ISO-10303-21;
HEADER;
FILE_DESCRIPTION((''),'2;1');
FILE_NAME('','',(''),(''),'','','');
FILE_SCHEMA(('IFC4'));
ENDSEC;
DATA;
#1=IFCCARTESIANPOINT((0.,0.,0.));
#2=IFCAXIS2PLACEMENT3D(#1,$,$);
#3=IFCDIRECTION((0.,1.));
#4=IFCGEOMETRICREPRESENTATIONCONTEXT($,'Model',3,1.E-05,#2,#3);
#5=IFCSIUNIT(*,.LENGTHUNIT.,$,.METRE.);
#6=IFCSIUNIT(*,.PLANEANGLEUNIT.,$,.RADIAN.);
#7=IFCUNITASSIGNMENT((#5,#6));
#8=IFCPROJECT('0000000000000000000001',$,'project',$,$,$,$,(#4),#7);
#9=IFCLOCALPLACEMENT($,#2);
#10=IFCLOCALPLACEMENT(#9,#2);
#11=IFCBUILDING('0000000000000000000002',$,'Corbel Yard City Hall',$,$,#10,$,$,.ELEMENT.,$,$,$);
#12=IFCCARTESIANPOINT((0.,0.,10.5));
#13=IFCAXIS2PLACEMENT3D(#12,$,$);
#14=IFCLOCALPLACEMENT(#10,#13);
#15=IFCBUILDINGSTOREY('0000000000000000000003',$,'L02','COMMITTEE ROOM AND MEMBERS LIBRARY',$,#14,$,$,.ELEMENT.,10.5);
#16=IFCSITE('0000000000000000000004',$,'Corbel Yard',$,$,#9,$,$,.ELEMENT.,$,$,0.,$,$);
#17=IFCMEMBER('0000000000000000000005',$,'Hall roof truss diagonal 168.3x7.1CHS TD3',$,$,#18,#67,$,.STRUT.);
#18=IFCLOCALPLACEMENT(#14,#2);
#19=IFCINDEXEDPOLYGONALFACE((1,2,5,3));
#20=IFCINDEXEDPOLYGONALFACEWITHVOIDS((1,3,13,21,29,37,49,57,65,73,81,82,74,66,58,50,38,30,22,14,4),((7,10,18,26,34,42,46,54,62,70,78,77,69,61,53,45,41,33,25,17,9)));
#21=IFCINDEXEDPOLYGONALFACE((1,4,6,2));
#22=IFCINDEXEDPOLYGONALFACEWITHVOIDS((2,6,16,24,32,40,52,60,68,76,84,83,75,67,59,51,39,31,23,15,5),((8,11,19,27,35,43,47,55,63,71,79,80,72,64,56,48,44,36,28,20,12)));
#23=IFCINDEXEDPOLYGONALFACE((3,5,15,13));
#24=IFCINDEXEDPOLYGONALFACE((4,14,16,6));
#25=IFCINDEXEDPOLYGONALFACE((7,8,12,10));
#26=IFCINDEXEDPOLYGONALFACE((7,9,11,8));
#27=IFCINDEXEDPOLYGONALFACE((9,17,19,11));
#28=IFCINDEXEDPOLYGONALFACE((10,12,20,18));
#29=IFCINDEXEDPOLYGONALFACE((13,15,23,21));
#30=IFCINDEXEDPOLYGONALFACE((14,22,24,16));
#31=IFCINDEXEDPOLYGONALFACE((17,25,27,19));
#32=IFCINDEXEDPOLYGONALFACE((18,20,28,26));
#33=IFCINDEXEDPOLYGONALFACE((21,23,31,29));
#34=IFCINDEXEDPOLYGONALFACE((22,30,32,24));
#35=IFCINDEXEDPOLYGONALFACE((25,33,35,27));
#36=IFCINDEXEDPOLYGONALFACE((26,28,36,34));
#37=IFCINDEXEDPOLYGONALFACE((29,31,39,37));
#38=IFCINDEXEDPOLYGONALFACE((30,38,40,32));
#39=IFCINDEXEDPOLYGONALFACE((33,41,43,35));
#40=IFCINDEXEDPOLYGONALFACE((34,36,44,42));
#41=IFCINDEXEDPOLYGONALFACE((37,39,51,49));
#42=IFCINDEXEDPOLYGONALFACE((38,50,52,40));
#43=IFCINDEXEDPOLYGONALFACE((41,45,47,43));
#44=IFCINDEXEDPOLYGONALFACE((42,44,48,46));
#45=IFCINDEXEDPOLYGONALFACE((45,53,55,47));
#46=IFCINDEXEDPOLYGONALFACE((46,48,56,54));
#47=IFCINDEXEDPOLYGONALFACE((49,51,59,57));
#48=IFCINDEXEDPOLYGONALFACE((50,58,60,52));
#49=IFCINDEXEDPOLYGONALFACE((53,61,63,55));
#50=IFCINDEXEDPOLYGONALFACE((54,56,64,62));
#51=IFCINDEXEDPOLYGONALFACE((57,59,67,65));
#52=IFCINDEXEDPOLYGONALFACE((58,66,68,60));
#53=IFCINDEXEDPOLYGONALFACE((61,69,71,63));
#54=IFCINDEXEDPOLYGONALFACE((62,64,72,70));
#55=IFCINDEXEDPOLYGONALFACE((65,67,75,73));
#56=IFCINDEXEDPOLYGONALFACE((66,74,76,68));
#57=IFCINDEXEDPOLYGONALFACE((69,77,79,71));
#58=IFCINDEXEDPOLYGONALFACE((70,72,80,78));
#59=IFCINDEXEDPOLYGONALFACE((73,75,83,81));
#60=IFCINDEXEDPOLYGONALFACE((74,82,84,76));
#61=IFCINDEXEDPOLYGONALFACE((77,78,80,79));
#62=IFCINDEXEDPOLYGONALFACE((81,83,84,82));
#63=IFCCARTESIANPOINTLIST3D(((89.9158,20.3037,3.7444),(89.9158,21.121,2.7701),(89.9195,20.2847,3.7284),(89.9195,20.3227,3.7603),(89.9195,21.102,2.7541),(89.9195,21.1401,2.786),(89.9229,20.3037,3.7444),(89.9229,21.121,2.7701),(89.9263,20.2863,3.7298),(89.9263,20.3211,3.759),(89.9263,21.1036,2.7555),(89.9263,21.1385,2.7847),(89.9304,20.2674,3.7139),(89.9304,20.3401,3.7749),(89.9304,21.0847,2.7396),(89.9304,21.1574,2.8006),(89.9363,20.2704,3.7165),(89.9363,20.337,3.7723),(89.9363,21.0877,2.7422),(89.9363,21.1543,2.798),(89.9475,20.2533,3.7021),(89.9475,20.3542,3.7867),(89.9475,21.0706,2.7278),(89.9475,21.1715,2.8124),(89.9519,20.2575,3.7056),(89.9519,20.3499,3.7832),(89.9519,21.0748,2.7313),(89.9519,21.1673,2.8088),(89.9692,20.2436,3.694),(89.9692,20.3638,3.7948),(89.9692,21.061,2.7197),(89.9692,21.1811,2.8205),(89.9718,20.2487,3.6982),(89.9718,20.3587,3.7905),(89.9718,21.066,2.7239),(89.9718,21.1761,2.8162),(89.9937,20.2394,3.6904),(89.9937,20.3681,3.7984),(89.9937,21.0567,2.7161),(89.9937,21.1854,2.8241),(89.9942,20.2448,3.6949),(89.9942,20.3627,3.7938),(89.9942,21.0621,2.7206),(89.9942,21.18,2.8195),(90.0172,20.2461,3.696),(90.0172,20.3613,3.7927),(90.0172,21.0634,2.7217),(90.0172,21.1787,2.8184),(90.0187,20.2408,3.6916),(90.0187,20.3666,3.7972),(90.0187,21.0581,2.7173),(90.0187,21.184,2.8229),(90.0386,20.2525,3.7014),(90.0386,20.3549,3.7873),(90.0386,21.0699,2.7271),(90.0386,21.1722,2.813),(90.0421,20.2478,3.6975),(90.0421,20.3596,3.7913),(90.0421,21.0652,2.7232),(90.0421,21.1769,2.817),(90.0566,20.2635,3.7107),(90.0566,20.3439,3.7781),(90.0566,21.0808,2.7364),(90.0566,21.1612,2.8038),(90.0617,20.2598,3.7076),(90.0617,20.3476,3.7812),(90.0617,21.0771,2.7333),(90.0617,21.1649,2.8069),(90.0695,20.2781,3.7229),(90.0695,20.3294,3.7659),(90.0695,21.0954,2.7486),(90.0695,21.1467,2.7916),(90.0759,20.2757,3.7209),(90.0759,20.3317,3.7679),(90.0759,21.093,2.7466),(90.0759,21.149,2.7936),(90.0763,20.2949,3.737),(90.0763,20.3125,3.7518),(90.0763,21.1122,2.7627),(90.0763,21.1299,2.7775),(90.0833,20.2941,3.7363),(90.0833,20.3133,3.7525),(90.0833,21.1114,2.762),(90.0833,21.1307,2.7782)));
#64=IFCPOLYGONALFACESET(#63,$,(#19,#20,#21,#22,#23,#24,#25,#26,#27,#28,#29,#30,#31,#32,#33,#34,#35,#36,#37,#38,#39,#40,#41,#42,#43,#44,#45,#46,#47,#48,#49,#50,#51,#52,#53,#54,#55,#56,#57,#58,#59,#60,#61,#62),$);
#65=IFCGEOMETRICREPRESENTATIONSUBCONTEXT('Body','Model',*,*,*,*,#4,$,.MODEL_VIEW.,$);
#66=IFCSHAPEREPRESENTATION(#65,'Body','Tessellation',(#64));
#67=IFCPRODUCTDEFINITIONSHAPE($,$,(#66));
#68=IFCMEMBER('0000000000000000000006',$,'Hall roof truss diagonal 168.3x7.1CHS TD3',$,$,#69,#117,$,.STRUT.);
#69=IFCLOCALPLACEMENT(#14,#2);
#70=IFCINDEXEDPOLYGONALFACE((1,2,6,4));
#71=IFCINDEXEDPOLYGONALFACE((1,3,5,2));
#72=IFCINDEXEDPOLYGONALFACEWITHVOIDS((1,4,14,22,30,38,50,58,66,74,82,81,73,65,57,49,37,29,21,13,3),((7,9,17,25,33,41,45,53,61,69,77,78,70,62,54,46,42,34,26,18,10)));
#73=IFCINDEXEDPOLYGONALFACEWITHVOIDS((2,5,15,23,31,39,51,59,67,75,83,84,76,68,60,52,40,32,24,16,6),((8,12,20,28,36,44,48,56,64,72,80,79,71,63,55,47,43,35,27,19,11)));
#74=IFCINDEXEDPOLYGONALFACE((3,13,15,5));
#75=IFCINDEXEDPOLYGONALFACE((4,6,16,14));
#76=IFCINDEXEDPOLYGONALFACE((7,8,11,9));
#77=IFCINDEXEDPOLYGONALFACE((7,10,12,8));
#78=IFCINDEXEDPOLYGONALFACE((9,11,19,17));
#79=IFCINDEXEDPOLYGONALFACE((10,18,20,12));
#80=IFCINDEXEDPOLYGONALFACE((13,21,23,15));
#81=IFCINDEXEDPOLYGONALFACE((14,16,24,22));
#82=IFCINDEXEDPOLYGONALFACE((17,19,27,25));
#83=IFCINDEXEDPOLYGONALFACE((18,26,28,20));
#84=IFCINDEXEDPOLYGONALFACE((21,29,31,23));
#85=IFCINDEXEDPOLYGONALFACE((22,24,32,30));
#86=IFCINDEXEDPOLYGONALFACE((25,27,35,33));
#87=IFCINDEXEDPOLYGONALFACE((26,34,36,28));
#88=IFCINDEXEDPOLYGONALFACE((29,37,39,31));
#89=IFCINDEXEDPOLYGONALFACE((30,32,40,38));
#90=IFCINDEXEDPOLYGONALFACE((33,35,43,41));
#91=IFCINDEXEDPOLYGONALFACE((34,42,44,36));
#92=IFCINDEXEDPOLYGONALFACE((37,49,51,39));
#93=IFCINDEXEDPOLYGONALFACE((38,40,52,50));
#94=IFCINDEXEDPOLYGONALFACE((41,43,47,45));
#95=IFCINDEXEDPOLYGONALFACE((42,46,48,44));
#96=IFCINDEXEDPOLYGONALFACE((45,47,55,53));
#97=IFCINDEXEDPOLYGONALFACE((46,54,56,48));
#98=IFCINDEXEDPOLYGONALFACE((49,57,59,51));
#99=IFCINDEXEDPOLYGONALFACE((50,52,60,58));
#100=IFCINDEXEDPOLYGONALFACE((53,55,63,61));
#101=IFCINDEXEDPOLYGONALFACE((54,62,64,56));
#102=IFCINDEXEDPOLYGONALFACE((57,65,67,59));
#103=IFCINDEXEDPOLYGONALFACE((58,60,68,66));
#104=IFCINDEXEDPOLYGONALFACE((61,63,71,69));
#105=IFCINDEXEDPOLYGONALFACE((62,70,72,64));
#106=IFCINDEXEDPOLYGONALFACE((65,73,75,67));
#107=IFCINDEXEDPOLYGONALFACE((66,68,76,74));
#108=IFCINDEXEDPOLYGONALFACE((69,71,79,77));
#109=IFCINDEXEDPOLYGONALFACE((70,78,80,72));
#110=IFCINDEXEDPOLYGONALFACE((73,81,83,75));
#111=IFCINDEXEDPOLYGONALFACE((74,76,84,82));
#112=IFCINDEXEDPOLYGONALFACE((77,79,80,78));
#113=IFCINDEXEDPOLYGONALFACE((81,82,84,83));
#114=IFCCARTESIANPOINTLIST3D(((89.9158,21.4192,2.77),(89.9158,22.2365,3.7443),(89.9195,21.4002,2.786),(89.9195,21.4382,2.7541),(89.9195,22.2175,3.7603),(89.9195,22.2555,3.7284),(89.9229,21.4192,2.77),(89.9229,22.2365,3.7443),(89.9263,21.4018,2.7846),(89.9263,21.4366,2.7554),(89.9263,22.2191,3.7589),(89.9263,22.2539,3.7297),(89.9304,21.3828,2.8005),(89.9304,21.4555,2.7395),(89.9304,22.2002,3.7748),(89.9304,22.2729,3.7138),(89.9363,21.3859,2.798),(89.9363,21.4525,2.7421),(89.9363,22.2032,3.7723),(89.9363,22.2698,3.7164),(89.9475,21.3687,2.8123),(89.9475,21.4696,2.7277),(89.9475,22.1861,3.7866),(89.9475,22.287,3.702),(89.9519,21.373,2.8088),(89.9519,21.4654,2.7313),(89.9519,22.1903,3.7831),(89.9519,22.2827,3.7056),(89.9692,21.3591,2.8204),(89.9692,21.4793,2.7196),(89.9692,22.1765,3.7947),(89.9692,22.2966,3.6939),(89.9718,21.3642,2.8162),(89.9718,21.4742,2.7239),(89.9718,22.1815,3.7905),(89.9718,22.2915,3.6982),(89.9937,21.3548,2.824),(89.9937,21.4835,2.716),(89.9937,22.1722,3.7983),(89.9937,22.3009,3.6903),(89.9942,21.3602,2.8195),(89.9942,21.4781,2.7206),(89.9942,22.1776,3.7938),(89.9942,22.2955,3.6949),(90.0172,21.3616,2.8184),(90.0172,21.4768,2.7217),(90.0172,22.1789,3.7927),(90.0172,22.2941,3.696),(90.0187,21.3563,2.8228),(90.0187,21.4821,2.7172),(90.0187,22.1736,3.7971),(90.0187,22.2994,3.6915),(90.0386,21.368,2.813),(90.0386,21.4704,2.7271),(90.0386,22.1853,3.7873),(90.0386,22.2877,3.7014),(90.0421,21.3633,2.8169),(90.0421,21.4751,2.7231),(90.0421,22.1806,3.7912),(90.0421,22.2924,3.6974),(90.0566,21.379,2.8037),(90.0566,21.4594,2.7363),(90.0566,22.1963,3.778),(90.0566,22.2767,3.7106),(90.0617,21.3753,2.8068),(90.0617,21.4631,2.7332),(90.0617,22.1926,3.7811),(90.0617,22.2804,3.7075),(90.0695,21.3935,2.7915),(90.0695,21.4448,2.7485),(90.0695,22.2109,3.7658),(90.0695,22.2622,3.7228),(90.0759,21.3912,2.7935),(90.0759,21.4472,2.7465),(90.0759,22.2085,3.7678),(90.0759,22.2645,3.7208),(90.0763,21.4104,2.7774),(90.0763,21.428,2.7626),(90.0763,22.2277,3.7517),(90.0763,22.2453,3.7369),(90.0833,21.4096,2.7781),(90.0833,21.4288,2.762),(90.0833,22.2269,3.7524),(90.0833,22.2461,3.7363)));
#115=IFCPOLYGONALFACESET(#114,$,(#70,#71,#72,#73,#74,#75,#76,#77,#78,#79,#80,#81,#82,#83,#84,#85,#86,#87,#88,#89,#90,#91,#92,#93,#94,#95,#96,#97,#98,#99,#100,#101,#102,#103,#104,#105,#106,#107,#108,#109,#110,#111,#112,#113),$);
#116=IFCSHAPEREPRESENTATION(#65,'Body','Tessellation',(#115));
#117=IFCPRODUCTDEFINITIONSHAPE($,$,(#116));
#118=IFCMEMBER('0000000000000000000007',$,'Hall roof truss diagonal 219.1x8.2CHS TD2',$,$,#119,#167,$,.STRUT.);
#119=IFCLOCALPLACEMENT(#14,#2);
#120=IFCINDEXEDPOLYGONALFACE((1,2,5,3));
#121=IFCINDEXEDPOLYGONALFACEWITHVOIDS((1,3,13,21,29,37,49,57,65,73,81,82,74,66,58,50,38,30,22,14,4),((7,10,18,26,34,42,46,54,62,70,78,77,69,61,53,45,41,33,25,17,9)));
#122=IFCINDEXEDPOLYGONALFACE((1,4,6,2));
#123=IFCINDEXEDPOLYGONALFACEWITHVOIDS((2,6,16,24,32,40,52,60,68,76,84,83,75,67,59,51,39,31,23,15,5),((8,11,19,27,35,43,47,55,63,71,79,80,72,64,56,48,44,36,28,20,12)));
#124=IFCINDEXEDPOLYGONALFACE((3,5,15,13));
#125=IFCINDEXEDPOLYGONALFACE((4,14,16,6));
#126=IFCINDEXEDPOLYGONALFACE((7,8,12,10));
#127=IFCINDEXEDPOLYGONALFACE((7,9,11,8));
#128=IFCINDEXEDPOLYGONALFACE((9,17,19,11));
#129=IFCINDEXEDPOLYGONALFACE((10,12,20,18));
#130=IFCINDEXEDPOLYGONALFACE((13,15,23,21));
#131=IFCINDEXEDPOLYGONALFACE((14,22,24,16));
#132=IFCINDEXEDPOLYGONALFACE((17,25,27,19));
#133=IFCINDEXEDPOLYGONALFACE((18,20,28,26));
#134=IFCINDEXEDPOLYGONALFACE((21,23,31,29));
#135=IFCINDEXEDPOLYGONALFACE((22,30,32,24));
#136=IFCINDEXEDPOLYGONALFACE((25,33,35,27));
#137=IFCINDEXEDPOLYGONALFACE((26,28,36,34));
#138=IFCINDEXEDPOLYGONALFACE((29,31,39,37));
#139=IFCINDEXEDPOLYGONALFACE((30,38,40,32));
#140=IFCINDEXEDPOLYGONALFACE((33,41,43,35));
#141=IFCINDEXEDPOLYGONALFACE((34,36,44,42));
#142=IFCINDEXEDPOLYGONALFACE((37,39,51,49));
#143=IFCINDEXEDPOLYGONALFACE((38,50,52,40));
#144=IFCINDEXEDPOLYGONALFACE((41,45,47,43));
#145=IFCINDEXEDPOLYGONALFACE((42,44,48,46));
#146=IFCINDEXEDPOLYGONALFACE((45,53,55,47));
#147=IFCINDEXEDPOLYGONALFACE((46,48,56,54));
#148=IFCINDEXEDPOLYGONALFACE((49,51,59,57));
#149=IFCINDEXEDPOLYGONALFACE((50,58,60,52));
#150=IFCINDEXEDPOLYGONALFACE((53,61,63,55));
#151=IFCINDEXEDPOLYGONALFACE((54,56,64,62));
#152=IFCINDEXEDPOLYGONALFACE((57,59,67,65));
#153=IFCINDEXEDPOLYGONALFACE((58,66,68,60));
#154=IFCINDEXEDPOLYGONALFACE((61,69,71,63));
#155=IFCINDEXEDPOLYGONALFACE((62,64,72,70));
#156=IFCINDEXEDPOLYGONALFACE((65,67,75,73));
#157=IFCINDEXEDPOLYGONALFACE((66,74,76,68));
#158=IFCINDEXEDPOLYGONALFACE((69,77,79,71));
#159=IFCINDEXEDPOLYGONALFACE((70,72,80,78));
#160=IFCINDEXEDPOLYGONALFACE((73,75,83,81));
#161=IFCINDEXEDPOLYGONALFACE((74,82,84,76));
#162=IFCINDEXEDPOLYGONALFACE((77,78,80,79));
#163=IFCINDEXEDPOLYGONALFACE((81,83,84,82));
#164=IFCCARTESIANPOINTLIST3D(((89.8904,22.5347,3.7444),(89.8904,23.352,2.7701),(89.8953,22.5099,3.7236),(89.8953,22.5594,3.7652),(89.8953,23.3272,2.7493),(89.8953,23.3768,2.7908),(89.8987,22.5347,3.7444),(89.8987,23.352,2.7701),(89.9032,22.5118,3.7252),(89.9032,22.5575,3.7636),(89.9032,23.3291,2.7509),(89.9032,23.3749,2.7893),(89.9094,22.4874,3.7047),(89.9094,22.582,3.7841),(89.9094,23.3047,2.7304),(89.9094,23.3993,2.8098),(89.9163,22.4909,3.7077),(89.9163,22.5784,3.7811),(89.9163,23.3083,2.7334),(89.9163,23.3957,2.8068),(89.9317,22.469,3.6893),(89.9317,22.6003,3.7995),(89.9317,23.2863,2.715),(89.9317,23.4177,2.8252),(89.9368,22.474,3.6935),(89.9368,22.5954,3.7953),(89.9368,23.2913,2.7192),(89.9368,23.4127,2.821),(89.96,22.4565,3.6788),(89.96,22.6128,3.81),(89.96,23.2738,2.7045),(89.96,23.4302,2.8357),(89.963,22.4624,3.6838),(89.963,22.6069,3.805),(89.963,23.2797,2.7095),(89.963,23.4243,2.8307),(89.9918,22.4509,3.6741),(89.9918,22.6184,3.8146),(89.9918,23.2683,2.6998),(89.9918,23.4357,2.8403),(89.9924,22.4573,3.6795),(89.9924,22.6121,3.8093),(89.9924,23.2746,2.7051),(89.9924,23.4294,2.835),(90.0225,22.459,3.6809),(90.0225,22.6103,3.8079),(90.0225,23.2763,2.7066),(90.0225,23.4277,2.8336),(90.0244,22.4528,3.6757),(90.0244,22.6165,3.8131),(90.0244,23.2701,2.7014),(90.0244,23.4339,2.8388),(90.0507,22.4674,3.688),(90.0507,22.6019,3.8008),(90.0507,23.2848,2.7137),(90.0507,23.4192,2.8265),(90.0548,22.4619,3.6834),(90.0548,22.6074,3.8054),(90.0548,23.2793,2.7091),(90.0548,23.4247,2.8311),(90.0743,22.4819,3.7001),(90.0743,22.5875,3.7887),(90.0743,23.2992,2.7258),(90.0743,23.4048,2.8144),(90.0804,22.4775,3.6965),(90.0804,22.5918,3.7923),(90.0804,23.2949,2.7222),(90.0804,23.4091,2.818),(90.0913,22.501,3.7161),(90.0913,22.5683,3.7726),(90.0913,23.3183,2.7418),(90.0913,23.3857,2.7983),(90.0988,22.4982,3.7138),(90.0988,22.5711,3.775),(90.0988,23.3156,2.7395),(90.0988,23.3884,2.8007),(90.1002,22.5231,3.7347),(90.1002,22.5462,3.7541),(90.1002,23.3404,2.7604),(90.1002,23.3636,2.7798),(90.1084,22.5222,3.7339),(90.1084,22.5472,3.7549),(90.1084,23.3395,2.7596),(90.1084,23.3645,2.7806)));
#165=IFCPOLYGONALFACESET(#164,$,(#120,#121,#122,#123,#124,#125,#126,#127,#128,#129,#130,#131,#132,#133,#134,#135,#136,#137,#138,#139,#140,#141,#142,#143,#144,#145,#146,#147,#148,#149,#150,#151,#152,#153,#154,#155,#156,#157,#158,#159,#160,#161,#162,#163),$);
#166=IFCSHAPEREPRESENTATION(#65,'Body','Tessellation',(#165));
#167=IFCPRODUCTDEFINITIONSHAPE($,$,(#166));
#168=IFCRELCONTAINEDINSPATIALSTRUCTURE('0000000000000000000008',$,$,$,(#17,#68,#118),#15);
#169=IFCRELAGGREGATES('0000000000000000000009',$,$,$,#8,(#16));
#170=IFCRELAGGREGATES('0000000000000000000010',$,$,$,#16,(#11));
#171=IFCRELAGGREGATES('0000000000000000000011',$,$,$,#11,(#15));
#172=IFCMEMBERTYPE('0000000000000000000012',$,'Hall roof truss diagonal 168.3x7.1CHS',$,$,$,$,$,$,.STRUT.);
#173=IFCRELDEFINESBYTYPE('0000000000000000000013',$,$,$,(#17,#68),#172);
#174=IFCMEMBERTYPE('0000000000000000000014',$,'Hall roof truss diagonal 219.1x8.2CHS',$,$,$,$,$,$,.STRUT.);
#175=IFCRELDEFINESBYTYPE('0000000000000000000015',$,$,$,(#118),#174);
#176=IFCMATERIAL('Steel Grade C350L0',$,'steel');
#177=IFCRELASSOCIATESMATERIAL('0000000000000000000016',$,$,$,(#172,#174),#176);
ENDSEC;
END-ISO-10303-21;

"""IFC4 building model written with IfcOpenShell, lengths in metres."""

from ifc_helpers import new_model, si_unit, direction, frame, origin, origin_2d, place, context, subcontext, project, spatial, hollow_circle, extrude, material, material_profile, profile_set, type_object, element, save


model = new_model("IFC4")

# Units and contexts
model_context = context("Model", 3, precision=1e-05, world=origin(), true_north=direction((0.0, 1.0)))
body_context = subcontext(model_context, "Body", "Model", "MODEL_VIEW")
ifc_project = project(units=[si_unit("LENGTHUNIT", "METRE"), si_unit("PLANEANGLEUNIT", "RADIAN")], contexts=[model_context])

# Site, building, storey
site_placement = place(None, origin())
site = spatial("IfcSite", under=ifc_project, at=site_placement, Name="Corbel Yard", CompositionType="ELEMENT", RefElevation=0.0)
building_placement = place(site_placement, origin())
building = spatial("IfcBuilding", under=site, at=building_placement, Name="Corbel Yard City Hall", CompositionType="ELEMENT")
storey_placement = place(building_placement, frame((0.0, 0.0, 10.5)))
storey = spatial("IfcBuildingStorey", under=building, at=storey_placement, Name="L02", Description="COMMITTEE ROOM AND MEMBERS LIBRARY", CompositionType="ELEMENT", Elevation=10.5)

# Members
ifc_material_1 = material(Name="Steel Grade C350L0", Category="steel")
ifc_material_profile_1 = material_profile(ifc_material_1, hollow_circle(Radius=0.0842, WallThickness=0.0071, at=origin_2d()), Name="168.3x7.1CHS")
ifc_profile_set_1 = profile_set([ifc_material_profile_1], Name="Steel Grade C350L0")
member_type_1 = type_object("IfcMemberType", Name="Hall roof truss diagonal 168.3x7.1CHS", PredefinedType="STRUT", material=ifc_profile_set_1)
for number, where, z_axis, x_axis, name in (
    (1, (90.0, 20.3037, 3.7444), (0.0, 0.642692, -0.766124), (-1.0, 0.0, 0.0), "Hall roof truss diagonal 168.3x7.1CHS TD3"),
    (2, (90.0, 21.4192, 2.77), (0.0, 0.642692, 0.766124), (-1.0, 0.0, 0.0), "Hall roof truss diagonal 168.3x7.1CHS TD3"),
):
    element("IfcMember", number, at=place(storey_placement, frame(where, z_axis=z_axis, x_axis=x_axis)), inside=storey, type_object=member_type_1, Name=name, PredefinedType="STRUT", context=body_context, shape_type="SweptSolid", body=[
        extrude(hollow_circle(Radius=0.0842, WallThickness=0.0071, at=origin_2d()), origin(), (0.0, 0.0, 1.0), 1.2717),
    ])
ifc_material_profile_2 = material_profile(ifc_material_1, hollow_circle(Radius=0.1096, WallThickness=0.0083, at=origin_2d()), Name="219.1x8.2CHS")
ifc_profile_set_2 = profile_set([ifc_material_profile_2], Name="Steel Grade C350L0")
member_type_2 = type_object("IfcMemberType", Name="Hall roof truss diagonal 219.1x8.2CHS", PredefinedType="STRUT", material=ifc_profile_set_2)
for number, where, z_axis, x_axis, name in (
    (3, (90.0, 22.5347, 3.7444), (0.0, 0.642692, -0.766124), (-1.0, 0.0, 0.0), "Hall roof truss diagonal 219.1x8.2CHS TD2"),
):
    element("IfcMember", number, at=place(storey_placement, frame(where, z_axis=z_axis, x_axis=x_axis)), inside=storey, type_object=member_type_2, Name=name, PredefinedType="STRUT", context=body_context, shape_type="SweptSolid", body=[
        extrude(hollow_circle(Radius=0.1096, WallThickness=0.0083, at=origin_2d()), origin(), (0.0, 0.0, 1.0), 1.2717),
    ])

save(model, "model.ifc")
